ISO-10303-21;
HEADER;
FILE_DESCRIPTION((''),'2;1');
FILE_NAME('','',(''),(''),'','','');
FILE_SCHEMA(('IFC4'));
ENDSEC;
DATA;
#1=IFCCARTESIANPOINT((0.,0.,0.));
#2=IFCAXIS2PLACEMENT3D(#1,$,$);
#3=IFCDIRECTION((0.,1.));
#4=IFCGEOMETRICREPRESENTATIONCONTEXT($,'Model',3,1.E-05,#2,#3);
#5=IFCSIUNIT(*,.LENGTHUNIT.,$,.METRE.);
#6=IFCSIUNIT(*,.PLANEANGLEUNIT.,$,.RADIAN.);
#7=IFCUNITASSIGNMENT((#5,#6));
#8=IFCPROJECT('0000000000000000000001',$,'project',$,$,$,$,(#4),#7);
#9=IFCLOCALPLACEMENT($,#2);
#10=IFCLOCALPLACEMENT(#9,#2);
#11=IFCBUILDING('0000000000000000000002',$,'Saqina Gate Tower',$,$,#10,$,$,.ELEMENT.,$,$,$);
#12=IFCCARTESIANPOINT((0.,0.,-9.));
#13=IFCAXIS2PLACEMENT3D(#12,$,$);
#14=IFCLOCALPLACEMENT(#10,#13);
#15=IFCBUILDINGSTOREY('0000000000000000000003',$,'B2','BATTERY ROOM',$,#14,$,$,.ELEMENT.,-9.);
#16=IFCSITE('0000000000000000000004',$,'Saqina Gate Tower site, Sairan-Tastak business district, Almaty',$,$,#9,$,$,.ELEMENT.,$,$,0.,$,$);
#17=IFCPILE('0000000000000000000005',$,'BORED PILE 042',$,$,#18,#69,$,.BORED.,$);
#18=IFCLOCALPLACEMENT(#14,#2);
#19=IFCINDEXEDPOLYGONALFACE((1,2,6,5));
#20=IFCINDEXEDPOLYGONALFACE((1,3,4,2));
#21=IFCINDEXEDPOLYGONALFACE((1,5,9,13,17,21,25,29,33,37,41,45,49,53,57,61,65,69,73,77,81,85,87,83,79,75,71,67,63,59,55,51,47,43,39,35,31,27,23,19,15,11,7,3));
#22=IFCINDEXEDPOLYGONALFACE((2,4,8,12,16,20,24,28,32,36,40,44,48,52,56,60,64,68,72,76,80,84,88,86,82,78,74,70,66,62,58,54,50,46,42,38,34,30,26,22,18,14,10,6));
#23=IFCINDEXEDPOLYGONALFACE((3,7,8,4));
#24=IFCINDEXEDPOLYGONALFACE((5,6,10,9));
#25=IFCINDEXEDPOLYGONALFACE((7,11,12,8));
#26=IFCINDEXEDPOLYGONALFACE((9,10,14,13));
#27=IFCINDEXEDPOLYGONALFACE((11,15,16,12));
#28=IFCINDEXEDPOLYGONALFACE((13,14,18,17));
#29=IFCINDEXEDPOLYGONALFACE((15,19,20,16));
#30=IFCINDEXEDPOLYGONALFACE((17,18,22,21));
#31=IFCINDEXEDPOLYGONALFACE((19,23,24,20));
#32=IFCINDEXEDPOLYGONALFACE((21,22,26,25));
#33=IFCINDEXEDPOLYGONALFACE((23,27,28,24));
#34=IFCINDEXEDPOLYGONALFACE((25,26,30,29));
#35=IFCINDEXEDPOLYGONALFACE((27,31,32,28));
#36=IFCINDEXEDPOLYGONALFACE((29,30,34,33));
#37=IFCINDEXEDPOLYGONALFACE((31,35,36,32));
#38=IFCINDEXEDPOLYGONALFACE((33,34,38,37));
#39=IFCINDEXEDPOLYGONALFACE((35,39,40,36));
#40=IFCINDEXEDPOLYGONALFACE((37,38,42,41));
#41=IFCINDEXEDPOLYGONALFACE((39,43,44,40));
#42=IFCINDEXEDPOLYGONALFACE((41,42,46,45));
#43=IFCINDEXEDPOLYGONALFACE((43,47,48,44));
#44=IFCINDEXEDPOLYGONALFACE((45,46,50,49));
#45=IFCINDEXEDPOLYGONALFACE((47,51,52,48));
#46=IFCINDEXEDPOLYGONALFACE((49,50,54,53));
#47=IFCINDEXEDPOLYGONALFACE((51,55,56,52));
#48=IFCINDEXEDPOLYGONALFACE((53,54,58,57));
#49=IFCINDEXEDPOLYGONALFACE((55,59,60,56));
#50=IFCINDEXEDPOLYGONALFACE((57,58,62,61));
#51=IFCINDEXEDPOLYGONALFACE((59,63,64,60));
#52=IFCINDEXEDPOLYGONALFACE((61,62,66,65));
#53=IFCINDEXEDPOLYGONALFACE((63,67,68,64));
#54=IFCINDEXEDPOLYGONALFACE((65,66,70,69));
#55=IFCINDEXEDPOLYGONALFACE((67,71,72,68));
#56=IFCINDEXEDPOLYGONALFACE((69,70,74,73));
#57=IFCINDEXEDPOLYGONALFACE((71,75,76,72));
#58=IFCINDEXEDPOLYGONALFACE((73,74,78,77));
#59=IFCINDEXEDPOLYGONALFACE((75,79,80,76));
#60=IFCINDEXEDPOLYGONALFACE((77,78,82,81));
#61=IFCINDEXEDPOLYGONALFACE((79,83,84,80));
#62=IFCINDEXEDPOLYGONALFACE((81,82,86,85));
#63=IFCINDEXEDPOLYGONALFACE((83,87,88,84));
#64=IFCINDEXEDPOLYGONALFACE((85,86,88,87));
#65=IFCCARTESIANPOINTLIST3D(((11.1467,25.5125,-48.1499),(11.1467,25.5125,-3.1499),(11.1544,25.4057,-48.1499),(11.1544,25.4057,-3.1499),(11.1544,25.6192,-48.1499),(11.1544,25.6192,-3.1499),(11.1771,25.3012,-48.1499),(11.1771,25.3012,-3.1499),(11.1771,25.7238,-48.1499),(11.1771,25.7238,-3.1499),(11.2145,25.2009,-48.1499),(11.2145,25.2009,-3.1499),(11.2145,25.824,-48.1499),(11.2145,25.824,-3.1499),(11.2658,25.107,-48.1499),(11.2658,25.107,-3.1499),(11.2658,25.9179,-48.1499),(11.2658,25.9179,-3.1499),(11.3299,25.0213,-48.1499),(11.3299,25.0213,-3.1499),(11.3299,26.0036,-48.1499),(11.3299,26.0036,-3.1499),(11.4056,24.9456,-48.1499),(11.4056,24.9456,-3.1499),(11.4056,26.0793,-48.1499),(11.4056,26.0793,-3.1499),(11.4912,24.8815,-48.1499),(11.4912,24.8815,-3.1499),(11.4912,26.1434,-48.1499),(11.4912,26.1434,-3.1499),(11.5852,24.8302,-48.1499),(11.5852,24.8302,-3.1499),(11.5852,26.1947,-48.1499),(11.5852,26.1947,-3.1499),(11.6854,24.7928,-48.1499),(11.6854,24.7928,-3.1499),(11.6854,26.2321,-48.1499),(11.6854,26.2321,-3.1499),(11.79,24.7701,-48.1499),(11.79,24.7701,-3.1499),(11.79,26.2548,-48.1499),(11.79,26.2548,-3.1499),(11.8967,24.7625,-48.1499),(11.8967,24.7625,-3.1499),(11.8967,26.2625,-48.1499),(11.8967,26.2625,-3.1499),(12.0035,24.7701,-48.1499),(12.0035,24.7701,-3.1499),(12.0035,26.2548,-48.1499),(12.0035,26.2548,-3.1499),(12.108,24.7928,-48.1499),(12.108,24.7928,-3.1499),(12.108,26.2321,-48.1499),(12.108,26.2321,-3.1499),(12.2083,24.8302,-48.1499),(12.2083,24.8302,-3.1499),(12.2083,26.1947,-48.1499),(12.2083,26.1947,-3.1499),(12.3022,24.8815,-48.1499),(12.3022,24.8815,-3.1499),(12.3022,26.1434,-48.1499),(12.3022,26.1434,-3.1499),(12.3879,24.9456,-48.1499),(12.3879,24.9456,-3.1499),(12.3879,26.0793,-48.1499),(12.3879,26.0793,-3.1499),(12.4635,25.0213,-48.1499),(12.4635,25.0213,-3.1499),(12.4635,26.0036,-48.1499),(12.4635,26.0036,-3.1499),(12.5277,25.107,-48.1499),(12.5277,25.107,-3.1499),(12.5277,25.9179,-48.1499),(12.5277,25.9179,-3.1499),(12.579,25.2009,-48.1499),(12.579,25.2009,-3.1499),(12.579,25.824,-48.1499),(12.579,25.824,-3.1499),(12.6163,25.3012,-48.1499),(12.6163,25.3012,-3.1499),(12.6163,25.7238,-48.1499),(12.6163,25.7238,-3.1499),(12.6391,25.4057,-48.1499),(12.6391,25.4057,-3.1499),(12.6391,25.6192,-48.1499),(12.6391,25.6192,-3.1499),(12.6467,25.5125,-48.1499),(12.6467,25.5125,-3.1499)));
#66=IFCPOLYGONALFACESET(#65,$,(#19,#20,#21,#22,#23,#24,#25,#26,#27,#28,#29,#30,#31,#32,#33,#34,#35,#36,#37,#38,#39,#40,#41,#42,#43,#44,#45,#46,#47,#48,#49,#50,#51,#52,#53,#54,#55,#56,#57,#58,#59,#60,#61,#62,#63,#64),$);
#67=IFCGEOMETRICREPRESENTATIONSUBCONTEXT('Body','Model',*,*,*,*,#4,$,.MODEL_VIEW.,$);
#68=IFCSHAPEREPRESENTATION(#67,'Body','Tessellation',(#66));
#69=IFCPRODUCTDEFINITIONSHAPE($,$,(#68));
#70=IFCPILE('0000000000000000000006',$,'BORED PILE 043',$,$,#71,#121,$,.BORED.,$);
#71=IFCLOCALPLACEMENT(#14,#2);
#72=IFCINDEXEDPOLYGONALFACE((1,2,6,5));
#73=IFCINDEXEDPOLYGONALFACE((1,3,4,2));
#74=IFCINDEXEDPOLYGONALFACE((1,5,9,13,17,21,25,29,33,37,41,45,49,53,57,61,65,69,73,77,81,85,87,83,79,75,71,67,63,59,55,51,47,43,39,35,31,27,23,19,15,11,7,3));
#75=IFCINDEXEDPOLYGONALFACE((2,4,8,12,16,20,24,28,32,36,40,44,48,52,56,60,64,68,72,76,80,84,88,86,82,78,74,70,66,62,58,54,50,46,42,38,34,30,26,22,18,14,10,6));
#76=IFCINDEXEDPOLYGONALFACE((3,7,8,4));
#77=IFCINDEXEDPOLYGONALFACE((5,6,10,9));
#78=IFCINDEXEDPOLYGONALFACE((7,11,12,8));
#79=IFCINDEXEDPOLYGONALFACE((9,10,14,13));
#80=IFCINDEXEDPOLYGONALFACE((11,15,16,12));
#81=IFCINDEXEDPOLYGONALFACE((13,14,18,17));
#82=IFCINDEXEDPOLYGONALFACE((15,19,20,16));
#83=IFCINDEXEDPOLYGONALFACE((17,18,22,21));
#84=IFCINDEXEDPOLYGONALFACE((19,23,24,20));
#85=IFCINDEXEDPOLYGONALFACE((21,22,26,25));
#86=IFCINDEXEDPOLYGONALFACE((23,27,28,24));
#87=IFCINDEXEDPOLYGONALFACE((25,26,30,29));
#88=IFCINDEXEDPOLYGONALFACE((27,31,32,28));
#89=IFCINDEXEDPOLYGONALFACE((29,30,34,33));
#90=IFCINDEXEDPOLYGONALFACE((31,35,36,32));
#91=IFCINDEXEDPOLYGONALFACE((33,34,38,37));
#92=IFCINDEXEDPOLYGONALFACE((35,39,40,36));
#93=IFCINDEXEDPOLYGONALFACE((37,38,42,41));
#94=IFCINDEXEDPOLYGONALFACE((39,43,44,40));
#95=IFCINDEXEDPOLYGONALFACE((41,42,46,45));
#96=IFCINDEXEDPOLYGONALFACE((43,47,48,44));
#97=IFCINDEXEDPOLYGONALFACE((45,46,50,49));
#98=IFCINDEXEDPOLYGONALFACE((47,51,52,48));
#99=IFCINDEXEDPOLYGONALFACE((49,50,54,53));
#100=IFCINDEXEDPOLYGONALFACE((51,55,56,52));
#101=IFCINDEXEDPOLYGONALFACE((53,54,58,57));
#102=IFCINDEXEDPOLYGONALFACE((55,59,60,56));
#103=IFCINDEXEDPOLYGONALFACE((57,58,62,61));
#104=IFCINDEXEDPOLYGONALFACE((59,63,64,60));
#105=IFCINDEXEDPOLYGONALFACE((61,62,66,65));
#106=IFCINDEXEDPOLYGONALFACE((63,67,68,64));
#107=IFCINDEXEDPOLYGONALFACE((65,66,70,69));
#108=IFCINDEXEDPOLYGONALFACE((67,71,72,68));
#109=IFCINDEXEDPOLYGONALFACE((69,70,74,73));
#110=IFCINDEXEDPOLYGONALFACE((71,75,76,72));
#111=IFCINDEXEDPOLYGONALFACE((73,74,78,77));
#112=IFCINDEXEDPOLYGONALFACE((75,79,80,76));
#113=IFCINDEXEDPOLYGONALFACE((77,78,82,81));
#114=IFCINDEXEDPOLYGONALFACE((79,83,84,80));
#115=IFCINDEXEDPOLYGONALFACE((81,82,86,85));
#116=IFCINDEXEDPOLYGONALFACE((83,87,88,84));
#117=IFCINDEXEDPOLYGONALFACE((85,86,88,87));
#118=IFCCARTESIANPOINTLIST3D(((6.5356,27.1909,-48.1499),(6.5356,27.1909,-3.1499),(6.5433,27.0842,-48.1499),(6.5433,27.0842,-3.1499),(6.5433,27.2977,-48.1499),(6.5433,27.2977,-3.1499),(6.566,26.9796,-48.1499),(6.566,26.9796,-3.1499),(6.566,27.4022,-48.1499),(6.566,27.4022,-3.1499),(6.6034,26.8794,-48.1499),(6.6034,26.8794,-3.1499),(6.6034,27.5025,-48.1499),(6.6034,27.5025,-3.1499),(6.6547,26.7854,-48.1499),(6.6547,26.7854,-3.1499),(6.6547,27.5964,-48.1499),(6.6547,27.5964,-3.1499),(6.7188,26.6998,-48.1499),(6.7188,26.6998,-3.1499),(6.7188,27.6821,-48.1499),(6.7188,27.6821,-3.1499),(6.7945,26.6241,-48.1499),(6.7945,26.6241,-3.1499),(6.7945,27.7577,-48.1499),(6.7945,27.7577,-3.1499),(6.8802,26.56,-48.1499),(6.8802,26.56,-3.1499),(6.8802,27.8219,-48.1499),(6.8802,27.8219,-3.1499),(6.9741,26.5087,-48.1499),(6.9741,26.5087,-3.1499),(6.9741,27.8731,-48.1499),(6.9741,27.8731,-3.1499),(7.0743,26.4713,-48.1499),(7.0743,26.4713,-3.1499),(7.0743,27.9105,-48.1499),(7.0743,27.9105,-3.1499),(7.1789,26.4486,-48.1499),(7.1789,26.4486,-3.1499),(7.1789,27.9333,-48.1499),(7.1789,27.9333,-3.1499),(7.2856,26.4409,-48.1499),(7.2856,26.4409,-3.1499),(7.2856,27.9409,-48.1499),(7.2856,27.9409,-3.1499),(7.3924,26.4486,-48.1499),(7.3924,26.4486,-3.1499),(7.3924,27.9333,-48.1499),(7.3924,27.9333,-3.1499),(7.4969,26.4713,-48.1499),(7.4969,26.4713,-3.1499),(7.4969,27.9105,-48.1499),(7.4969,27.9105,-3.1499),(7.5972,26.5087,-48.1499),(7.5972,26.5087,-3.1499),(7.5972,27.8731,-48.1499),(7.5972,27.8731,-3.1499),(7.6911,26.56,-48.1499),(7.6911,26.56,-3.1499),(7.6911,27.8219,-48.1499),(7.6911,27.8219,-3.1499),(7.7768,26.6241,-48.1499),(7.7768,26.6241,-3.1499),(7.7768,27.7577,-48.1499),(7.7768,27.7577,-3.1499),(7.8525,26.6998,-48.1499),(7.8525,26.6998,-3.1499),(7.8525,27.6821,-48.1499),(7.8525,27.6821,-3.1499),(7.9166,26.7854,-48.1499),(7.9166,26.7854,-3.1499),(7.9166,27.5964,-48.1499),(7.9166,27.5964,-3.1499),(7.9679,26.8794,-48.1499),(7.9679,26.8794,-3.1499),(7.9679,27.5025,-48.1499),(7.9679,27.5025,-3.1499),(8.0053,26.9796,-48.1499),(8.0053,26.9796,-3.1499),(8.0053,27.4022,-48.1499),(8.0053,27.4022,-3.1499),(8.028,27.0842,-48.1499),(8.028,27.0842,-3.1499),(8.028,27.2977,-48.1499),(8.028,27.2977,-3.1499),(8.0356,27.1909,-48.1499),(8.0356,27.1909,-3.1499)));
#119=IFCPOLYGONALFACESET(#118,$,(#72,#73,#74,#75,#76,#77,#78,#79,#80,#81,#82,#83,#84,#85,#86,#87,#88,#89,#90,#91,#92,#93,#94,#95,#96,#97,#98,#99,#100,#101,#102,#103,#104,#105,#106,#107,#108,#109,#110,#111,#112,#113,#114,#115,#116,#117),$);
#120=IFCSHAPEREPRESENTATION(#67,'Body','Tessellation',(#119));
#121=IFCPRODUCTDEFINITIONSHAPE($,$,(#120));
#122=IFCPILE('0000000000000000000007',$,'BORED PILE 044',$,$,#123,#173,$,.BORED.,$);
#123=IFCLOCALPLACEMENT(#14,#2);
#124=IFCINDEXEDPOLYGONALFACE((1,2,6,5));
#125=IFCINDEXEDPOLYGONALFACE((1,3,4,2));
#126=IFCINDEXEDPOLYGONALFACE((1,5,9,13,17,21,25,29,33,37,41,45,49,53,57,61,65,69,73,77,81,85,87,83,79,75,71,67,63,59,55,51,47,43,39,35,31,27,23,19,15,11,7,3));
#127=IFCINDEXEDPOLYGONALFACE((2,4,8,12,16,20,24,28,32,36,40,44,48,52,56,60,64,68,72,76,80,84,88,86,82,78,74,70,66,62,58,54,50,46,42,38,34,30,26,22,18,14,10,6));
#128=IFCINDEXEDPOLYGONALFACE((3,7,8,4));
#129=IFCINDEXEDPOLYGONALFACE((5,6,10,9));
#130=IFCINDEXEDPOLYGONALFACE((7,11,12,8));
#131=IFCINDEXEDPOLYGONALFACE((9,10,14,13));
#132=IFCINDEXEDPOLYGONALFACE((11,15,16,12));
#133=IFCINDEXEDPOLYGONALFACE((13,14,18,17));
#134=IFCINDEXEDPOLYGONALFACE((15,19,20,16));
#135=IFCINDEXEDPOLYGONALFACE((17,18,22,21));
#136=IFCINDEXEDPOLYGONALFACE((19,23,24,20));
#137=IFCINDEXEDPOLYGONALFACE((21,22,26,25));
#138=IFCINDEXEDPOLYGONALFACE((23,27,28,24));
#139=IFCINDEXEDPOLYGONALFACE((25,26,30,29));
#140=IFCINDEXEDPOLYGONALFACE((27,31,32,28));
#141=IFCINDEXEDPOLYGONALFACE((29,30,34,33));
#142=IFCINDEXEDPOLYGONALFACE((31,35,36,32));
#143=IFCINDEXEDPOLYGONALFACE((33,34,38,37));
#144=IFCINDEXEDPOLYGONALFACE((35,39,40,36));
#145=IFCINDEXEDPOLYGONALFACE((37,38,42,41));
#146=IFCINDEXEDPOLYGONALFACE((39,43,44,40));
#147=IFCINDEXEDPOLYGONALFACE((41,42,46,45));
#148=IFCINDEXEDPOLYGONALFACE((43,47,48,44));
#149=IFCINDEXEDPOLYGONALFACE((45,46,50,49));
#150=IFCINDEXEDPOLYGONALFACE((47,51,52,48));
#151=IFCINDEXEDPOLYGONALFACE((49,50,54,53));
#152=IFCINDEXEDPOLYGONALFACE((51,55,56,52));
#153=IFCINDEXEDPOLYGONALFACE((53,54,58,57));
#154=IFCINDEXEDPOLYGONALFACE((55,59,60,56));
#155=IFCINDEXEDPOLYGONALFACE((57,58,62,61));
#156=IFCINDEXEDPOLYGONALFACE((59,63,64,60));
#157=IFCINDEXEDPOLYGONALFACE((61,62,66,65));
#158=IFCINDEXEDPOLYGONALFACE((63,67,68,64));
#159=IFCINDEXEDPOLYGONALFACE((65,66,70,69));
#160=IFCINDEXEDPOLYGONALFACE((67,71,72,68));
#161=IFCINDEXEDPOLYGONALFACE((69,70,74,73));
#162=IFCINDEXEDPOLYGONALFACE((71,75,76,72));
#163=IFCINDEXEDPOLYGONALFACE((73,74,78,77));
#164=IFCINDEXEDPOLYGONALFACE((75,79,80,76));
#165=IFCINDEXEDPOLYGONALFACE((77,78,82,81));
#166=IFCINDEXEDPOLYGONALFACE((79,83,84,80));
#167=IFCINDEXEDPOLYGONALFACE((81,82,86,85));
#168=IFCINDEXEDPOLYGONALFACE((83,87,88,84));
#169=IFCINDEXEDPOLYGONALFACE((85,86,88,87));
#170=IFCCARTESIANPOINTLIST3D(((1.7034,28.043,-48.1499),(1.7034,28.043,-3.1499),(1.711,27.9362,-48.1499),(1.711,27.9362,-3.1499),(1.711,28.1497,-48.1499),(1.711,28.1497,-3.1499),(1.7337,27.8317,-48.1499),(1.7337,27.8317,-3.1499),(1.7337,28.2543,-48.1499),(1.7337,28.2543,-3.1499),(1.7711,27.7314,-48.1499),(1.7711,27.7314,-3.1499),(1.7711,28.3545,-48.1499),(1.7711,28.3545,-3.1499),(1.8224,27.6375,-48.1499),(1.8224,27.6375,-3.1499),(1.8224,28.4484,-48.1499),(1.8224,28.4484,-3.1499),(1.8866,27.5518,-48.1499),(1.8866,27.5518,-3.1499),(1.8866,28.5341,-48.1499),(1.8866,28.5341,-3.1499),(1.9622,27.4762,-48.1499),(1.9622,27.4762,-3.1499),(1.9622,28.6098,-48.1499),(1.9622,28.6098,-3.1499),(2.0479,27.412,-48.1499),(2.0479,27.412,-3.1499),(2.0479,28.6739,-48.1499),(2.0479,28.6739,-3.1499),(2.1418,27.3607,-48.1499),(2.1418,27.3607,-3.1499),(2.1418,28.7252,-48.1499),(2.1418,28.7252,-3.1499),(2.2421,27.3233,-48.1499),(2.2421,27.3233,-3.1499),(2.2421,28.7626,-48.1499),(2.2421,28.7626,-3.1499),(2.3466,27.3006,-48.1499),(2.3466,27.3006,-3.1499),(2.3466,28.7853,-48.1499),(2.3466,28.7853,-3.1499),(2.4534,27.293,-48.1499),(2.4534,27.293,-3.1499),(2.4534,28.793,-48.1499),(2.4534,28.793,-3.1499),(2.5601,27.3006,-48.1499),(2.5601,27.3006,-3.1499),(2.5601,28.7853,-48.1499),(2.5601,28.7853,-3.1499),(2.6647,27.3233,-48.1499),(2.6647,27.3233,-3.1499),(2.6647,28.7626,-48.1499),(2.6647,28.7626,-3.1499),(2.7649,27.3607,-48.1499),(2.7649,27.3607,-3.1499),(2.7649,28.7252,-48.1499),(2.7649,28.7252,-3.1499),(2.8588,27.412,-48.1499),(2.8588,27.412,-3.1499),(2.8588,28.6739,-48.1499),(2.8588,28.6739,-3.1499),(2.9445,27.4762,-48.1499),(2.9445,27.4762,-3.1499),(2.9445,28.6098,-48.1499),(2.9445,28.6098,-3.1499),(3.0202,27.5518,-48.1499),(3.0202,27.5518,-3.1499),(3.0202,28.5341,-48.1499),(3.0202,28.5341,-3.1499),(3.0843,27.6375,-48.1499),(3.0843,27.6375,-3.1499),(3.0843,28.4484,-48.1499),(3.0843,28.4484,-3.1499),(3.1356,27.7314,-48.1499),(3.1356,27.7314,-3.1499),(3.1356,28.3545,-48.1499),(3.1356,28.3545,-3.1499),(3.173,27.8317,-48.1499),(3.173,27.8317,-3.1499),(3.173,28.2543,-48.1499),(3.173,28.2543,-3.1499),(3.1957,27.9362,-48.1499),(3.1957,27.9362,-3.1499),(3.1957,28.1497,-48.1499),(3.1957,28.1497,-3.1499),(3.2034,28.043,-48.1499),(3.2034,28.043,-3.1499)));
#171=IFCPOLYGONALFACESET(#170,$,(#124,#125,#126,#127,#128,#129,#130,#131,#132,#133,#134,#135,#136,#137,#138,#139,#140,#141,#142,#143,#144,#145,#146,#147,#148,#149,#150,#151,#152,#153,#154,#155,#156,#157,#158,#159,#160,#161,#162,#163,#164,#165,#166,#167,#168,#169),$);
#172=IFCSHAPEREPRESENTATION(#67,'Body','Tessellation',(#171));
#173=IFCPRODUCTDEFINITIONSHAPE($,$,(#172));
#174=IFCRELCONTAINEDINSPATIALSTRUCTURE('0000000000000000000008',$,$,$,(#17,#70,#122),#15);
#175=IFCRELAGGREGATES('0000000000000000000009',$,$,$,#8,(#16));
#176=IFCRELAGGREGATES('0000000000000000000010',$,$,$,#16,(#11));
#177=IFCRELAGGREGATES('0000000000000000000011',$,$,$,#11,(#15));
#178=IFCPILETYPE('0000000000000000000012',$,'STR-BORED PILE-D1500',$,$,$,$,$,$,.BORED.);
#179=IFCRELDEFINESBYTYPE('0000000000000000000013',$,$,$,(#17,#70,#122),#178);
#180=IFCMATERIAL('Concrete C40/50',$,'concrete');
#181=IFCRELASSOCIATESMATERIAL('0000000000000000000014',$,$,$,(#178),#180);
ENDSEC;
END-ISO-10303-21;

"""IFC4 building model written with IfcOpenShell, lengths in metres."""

from ifc_helpers import new_model, si_unit, direction, frame, origin, origin_2d, place, context, subcontext, project, spatial, circle, extrude, material, material_profile, profile_set, type_object, element, save


model = new_model("IFC4")

# Units and contexts
model_context = context("Model", 3, precision=1e-05, world=origin(), true_north=direction((0.0, 1.0)))
body_context = subcontext(model_context, "Body", "Model", "MODEL_VIEW")
ifc_project = project(units=[si_unit("LENGTHUNIT", "METRE"), si_unit("PLANEANGLEUNIT", "RADIAN")], contexts=[model_context])

# Site, building, storey
site_placement = place(None, origin())
site = spatial("IfcSite", under=ifc_project, at=site_placement, Name="Saqina Gate Tower site, Sairan-Tastak business district, Almaty", CompositionType="ELEMENT", RefElevation=0.0)
building_placement = place(site_placement, origin())
building = spatial("IfcBuilding", under=site, at=building_placement, Name="Saqina Gate Tower", CompositionType="ELEMENT")
storey_placement = place(building_placement, frame((0.0, 0.0, -9.0)))
storey = spatial("IfcBuildingStorey", under=building, at=storey_placement, Name="B2", Description="BATTERY ROOM", CompositionType="ELEMENT", Elevation=-9.0)

# Piles
ifc_material_1 = material(Name="Concrete C40/50", Category="concrete")
ifc_material_profile_1 = material_profile(ifc_material_1, circle(Radius=0.75, at=origin_2d()), Name="RC D1500")
ifc_profile_set_1 = profile_set([ifc_material_profile_1], Name="Concrete C40/50")
pile_type = type_object("IfcPileType", Name="STR-BORED PILE-D1500", PredefinedType="BORED", material=ifc_profile_set_1)
for number, where, z_axis, x_axis, name in (
    (1, (11.8967, 25.5125, -3.1499), (0.0, 0.0, -1.0), (1.0, 0.0, 0.0), "BORED PILE 042"),
    (2, (7.2856, 27.1909, -3.1499), (0.0, 0.0, -1.0), (1.0, 0.0, 0.0), "BORED PILE 043"),
    (3, (2.4534, 28.043, -3.1499), (0.0, 0.0, -1.0), (1.0, 0.0, 0.0), "BORED PILE 044"),
):
    element("IfcPile", number, at=place(storey_placement, frame(where, z_axis=z_axis, x_axis=x_axis)), inside=storey, type_object=pile_type, Name=name, PredefinedType="BORED", context=body_context, shape_type="SweptSolid", body=[
        extrude(circle(Radius=0.75, at=origin_2d()), origin(), (0.0, 0.0, 1.0), 45.0),
    ])

save(model, "model.ifc")
